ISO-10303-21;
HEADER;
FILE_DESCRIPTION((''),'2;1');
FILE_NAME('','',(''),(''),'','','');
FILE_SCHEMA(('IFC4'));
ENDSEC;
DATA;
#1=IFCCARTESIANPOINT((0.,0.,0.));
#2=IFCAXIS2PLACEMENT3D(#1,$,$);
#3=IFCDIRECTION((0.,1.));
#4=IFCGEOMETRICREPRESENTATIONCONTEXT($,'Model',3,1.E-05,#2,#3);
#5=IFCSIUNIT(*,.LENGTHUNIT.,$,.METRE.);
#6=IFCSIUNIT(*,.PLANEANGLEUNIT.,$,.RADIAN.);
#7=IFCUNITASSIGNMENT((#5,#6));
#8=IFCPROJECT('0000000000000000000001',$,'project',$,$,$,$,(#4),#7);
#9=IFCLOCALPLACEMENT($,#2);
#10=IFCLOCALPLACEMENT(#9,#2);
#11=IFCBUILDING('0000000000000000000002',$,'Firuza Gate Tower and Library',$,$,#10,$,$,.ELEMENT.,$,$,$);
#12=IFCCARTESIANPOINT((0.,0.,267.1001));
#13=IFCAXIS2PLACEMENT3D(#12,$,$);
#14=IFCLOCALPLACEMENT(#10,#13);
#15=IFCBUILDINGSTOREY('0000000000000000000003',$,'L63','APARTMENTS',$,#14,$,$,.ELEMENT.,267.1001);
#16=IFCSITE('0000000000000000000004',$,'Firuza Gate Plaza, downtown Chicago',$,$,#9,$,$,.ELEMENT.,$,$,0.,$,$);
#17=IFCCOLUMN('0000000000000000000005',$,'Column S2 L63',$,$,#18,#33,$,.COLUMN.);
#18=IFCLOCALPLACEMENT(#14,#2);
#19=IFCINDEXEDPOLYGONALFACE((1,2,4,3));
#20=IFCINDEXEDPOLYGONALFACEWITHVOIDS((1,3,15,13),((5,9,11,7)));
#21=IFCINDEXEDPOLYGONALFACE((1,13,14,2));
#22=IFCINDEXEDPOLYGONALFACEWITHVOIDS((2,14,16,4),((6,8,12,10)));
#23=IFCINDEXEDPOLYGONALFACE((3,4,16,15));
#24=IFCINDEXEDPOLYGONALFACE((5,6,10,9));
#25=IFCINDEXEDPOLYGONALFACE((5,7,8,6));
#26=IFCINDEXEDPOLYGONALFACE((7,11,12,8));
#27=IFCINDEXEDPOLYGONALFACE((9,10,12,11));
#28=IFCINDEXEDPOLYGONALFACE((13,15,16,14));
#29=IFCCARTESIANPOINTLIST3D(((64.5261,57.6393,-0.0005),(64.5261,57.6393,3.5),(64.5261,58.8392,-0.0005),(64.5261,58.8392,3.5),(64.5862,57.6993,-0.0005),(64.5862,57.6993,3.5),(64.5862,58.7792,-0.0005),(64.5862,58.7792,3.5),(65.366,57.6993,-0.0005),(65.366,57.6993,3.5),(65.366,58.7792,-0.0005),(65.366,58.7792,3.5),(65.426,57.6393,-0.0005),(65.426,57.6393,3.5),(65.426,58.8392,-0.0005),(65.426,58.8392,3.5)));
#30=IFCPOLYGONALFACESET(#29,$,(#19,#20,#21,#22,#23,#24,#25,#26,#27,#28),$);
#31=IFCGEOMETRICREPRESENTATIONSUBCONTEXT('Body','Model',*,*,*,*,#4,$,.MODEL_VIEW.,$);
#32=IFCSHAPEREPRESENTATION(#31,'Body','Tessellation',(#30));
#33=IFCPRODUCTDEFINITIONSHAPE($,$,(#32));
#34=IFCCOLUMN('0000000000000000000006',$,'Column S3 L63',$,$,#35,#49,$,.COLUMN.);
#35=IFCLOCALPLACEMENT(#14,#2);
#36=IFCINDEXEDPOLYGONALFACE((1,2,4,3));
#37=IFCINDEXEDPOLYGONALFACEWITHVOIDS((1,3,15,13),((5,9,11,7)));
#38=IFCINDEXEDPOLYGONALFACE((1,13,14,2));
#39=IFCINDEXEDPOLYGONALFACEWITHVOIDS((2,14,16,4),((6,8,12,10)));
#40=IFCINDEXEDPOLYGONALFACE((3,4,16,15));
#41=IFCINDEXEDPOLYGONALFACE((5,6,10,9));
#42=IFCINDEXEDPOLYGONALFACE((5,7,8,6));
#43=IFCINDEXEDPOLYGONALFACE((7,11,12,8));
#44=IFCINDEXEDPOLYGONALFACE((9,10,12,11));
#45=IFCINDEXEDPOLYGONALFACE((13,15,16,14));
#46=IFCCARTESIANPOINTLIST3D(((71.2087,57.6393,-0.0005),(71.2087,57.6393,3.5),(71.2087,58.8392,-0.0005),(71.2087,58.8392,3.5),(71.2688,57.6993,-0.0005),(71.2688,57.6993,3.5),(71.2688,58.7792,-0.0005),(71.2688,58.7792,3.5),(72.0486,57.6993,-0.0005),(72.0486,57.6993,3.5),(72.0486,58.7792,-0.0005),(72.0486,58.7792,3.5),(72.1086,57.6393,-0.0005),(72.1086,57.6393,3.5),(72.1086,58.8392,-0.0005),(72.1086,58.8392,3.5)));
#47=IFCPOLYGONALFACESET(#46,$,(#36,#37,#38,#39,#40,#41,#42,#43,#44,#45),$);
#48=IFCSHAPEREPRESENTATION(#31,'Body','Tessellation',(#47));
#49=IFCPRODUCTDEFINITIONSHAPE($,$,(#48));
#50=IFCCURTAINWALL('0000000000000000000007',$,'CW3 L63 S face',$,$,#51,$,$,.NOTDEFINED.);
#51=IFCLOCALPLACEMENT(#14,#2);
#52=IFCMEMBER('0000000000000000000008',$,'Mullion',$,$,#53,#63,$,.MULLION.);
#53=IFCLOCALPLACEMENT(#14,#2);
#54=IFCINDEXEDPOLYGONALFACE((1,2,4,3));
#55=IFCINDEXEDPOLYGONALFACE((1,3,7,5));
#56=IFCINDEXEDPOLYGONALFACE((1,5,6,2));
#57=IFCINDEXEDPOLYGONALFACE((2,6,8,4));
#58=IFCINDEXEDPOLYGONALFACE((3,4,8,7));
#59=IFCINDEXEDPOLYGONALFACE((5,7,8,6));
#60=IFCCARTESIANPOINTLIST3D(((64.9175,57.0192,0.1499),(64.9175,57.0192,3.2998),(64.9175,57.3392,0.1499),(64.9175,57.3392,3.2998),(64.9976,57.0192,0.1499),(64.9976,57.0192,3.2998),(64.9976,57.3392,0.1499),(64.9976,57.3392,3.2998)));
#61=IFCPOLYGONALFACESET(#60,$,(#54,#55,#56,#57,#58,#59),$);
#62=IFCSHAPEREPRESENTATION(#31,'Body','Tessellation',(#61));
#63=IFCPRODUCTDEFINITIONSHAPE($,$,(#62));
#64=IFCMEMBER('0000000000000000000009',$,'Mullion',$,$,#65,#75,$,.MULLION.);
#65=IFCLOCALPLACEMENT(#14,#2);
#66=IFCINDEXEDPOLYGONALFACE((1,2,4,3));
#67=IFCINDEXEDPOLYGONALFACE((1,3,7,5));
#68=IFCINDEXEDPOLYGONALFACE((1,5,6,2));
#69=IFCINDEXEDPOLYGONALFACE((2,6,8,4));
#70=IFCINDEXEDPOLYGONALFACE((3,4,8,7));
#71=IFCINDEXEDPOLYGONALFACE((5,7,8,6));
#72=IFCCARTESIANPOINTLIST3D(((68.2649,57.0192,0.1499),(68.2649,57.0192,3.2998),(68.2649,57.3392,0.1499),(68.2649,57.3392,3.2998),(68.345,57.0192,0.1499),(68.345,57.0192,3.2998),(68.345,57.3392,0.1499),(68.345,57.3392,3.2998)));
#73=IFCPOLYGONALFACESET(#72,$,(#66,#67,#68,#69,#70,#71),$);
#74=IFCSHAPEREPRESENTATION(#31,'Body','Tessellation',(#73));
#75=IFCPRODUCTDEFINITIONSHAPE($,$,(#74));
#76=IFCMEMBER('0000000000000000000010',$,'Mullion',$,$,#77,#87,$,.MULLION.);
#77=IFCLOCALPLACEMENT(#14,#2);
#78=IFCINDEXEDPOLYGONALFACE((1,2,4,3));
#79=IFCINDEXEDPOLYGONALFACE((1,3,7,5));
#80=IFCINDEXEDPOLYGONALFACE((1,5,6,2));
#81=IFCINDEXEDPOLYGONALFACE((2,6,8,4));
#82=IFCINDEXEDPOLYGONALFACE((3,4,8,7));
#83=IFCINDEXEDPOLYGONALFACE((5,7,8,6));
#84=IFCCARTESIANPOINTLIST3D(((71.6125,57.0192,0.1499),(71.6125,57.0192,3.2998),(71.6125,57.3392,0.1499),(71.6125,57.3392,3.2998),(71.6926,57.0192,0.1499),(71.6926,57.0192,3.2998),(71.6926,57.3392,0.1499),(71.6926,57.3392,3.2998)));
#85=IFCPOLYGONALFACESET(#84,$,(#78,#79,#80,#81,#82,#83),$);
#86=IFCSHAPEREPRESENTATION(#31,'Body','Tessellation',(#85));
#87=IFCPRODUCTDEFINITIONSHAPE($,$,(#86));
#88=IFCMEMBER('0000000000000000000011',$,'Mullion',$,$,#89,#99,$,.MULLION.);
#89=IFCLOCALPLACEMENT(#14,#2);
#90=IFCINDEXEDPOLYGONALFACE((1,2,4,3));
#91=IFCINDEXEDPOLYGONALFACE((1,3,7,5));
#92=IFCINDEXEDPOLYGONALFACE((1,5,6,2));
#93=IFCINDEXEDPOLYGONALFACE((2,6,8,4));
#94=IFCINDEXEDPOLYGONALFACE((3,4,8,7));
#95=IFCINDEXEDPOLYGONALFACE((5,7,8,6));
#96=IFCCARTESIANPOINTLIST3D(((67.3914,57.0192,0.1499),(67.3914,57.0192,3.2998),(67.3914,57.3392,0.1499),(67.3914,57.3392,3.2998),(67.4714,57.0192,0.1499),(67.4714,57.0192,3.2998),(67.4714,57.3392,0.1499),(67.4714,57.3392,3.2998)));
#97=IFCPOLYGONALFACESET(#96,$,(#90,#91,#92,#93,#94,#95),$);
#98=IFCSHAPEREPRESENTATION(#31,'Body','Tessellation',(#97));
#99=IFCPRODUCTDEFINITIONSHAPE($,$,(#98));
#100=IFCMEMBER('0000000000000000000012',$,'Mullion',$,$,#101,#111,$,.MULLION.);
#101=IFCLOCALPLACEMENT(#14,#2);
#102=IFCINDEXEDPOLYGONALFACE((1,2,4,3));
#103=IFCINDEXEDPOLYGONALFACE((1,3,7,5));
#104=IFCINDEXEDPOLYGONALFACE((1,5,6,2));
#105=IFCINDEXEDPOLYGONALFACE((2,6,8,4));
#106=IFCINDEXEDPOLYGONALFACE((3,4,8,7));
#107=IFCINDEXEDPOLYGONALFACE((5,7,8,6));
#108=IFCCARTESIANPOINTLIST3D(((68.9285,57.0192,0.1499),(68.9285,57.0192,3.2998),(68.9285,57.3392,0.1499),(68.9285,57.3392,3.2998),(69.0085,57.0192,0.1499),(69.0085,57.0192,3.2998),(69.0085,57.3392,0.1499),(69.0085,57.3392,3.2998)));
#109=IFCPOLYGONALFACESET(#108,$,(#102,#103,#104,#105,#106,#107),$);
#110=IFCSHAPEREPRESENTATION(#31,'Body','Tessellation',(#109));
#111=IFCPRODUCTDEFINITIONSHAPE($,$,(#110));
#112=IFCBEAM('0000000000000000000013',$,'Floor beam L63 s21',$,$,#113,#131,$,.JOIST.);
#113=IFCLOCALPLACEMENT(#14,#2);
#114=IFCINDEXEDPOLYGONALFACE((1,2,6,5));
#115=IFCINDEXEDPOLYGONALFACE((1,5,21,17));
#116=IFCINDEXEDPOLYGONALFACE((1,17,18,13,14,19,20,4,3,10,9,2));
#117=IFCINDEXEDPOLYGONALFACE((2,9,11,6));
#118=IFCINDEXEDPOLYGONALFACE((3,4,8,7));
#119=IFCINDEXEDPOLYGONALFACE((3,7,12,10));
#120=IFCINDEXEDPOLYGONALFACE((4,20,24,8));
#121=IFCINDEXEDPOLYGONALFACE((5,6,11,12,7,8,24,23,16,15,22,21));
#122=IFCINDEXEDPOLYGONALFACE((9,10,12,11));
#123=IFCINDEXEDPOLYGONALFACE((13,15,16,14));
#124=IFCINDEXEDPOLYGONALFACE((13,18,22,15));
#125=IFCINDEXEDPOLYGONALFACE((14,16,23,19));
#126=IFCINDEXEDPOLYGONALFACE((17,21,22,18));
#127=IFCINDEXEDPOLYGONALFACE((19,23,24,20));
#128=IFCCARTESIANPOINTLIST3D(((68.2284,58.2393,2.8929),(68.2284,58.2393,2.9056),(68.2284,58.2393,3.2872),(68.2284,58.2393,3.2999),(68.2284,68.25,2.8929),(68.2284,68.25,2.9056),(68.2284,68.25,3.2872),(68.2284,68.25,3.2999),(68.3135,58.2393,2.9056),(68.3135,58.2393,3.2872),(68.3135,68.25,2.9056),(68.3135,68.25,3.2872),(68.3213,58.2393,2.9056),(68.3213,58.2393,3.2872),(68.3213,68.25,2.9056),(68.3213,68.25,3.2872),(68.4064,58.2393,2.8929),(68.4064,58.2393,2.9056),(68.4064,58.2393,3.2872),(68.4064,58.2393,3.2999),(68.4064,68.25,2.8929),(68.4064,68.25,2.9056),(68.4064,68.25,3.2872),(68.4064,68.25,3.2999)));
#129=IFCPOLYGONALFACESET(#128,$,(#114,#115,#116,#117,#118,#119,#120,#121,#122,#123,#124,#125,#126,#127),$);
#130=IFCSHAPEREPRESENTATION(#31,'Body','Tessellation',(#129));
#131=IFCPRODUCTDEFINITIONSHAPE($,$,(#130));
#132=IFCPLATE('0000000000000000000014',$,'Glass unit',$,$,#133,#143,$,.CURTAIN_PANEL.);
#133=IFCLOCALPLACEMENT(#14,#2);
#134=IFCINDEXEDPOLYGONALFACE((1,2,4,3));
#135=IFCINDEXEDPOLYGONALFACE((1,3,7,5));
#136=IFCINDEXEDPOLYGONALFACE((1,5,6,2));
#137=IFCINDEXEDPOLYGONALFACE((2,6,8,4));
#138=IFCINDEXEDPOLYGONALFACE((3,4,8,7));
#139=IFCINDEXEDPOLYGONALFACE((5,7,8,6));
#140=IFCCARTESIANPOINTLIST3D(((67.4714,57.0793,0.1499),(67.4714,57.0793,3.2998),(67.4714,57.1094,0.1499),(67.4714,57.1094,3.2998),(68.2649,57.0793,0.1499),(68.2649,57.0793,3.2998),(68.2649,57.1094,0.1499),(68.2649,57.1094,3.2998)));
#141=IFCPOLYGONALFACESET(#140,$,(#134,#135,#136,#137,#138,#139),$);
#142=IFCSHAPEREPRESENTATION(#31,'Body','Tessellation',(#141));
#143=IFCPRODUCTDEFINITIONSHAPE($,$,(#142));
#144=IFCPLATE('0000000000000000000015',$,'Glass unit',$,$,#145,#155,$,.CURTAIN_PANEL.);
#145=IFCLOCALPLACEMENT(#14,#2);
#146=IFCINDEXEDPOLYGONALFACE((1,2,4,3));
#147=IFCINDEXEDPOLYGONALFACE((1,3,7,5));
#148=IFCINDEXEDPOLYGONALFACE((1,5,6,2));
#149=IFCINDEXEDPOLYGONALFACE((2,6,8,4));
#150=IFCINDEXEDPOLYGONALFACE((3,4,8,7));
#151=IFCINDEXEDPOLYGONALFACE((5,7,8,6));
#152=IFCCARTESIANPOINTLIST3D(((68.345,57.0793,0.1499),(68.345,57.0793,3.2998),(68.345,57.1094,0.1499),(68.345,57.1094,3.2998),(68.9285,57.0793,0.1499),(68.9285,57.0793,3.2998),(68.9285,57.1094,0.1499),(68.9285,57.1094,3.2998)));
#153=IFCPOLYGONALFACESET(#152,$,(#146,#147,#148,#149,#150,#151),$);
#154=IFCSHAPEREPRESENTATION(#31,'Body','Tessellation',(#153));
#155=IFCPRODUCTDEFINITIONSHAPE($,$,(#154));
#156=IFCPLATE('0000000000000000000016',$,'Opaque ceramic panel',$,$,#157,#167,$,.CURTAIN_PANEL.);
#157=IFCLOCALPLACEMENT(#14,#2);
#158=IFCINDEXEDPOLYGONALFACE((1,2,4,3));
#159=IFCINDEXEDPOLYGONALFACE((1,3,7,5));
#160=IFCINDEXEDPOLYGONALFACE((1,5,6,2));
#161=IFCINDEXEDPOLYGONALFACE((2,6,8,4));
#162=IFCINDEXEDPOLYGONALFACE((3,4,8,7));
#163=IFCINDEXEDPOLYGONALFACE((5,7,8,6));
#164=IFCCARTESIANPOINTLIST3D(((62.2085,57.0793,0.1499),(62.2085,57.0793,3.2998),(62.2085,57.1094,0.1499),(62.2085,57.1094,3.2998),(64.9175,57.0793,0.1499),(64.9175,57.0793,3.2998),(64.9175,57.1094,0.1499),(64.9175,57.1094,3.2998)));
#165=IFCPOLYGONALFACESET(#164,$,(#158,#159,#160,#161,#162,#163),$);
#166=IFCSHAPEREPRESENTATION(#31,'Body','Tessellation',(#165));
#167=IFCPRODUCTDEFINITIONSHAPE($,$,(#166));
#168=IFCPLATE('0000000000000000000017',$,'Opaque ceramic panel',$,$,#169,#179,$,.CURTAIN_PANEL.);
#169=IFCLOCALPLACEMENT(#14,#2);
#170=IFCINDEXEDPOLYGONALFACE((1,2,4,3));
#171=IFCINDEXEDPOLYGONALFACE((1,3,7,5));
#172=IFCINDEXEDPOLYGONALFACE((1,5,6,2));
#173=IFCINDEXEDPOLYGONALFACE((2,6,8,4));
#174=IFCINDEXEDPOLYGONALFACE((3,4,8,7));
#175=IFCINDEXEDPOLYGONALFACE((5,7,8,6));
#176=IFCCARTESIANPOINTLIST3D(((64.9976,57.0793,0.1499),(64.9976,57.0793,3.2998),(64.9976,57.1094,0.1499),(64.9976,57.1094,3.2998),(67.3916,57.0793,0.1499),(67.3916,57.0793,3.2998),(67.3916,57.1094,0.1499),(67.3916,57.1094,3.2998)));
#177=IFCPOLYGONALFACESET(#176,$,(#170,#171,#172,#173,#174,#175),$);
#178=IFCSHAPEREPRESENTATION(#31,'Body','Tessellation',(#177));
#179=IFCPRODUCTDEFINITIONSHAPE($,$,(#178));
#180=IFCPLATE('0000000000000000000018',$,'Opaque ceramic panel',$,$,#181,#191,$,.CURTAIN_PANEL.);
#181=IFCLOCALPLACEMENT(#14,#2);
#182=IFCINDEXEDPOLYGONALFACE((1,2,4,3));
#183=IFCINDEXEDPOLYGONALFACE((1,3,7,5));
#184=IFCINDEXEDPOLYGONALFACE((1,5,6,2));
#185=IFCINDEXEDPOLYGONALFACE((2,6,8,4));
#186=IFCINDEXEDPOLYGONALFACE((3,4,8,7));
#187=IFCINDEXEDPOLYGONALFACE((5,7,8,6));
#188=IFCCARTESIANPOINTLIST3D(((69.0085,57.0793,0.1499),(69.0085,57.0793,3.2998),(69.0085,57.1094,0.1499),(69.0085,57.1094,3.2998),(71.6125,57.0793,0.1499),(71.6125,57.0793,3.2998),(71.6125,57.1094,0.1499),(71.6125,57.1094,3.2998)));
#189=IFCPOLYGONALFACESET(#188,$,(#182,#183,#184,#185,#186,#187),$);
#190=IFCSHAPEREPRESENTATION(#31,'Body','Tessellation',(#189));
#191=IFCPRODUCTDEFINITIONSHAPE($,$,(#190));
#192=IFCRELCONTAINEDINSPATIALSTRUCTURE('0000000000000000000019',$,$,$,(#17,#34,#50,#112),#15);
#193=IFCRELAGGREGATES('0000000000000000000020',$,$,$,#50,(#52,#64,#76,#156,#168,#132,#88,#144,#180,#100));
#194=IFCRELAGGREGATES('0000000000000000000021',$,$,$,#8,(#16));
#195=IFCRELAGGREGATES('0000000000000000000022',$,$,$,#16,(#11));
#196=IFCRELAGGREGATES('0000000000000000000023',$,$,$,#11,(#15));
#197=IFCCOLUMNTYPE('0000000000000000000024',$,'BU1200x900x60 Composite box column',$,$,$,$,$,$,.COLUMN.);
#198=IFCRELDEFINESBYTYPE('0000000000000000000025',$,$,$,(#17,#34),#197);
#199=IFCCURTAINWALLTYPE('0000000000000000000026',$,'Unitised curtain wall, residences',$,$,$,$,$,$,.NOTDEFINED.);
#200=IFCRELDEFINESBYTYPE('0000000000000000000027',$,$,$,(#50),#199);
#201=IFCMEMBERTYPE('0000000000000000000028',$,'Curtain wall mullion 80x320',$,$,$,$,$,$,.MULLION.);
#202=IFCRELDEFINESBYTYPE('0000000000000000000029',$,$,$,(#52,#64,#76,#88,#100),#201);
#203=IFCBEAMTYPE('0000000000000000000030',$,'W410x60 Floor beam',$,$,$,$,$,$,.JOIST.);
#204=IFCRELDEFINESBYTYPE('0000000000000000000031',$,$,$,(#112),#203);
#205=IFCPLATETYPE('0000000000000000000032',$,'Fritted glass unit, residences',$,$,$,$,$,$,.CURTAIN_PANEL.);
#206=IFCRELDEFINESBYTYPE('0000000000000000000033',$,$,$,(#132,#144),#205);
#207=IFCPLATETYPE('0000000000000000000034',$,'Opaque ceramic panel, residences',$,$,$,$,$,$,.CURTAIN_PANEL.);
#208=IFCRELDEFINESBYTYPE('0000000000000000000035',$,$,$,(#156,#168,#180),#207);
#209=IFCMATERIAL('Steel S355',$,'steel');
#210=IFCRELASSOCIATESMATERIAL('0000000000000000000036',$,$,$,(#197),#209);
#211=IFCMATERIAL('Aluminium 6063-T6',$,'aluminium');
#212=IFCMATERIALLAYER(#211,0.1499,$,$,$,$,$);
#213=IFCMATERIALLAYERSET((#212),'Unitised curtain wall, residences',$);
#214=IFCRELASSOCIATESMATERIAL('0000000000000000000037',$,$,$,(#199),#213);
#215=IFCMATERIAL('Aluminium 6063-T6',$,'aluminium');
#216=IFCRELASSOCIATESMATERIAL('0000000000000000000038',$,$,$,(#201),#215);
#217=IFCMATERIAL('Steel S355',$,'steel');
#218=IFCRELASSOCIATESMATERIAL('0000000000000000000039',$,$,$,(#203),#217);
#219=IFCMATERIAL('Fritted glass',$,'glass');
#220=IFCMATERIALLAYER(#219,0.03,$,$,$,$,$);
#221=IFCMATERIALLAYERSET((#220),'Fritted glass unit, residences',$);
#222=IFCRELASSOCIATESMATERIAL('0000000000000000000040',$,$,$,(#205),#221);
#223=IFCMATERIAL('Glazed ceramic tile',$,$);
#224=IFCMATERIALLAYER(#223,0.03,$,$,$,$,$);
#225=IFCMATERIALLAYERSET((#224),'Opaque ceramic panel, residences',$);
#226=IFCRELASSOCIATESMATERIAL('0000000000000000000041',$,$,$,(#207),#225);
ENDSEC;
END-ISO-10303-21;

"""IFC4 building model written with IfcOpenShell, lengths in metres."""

from ifc_helpers import new_model, si_unit, direction, frame, origin, origin_2d, place, context, subcontext, project, spatial, polyline, rectangle, hollow_rectangle, i_section, outline, extrude, material, layer, layer_set, material_profile, profile_set, type_object, element, aggregate, save


model = new_model("IFC4")

# Units and contexts
model_context = context("Model", 3, precision=1e-05, world=origin(), true_north=direction((0.0, 1.0)))
body_context = subcontext(model_context, "Body", "Model", "MODEL_VIEW")
ifc_project = project(units=[si_unit("LENGTHUNIT", "METRE"), si_unit("PLANEANGLEUNIT", "RADIAN")], contexts=[model_context])

# Site, building, storey
site_placement = place(None, origin())
site = spatial("IfcSite", under=ifc_project, at=site_placement, Name="Firuza Gate Plaza, downtown Chicago", CompositionType="ELEMENT", RefElevation=0.0)
building_placement = place(site_placement, origin())
building = spatial("IfcBuilding", under=site, at=building_placement, Name="Firuza Gate Tower and Library", CompositionType="ELEMENT")
storey_placement = place(building_placement, frame((0.0, 0.0, 267.1001)))
storey = spatial("IfcBuildingStorey", under=building, at=storey_placement, Name="L63", Description="APARTMENTS", CompositionType="ELEMENT", Elevation=267.1001)

# Columns
ifc_material_1 = material(Name="Steel S355", Category="steel")
ifc_material_profile_1 = material_profile(ifc_material_1, hollow_rectangle(XDim=0.8999, YDim=1.2, WallThickness=0.0601, at=origin_2d()))
ifc_profile_set_1 = profile_set([ifc_material_profile_1], Name="Steel S355")
column_type = type_object("IfcColumnType", Name="BU1200x900x60 Composite box column", PredefinedType="COLUMN", material=ifc_profile_set_1)
for number, where, z_axis, x_axis, name in (
    (1, (64.9761, 58.2393, -0.0005), (0.0, 0.0, 1.0), (1.0, 0.0, 0.0), "Column S2 L63"),
    (2, (71.6587, 58.2393, -0.0005), (0.0, 0.0, 1.0), (1.0, 0.0, 0.0), "Column S3 L63"),
):
    element("IfcColumn", number, at=place(storey_placement, frame(where, z_axis=z_axis, x_axis=x_axis)), inside=storey, type_object=column_type, Name=name, PredefinedType="COLUMN", context=body_context, shape_type="SweptSolid", body=[
        extrude(hollow_rectangle(XDim=0.8999, YDim=1.2, WallThickness=0.0601, at=origin_2d()), origin(), (0.0, 0.0, 1.0), 3.5005),
    ])

# Curtain wall, members
ifc_material_2 = material(Name="Aluminium 6063-T6", Category="aluminium")
ifc_layer_1 = layer(ifc_material_2, 0.1499)
ifc_layer_set_1 = layer_set([ifc_layer_1], Name="Unitised curtain wall, residences")
curtain_wall_type = type_object("IfcCurtainWallType", Name="Unitised curtain wall, residences", PredefinedType="NOTDEFINED", material=ifc_layer_set_1)
curtain_wall_placement = place(storey_placement, origin())
curtain_wall = element("IfcCurtainWall", 3, at=curtain_wall_placement, inside=storey, type_object=curtain_wall_type, Name="CW3 L63 S face", PredefinedType="NOTDEFINED")
ifc_material_3 = material(Name="Aluminium 6063-T6", Category="aluminium")
ifc_material_profile_2 = material_profile(ifc_material_3, rectangle(XDim=0.3201, YDim=0.0801, at=origin_2d()))
ifc_profile_set_2 = profile_set([ifc_material_profile_2], Name="Aluminium 6063-T6")
member_type = type_object("IfcMemberType", Name="Curtain wall mullion 80x320", PredefinedType="MULLION", material=ifc_profile_set_2)
member_1_placement = place(storey_placement, frame((64.9575, 57.1792, 0.1499), z_axis=(0.0, 0.0, 1.0), x_axis=(0.0, 1.0, 0.0)))
member_1 = element("IfcMember", 4, at=member_1_placement, type_object=member_type, Name="Mullion", PredefinedType="MULLION", context=body_context, shape_type="SweptSolid", body=[
    extrude(rectangle(XDim=0.3201, YDim=0.0801, at=origin_2d()), origin(), (0.0, 0.0, 1.0), 3.1499),
])
member_2_placement = place(storey_placement, frame((68.3049, 57.1792, 0.1499), z_axis=(0.0, 0.0, 1.0), x_axis=(0.0, 1.0, 0.0)))
member_2 = element("IfcMember", 5, at=member_2_placement, type_object=member_type, Name="Mullion", PredefinedType="MULLION", context=body_context, shape_type="SweptSolid", body=[
    extrude(rectangle(XDim=0.3201, YDim=0.0801, at=origin_2d()), origin(), (0.0, 0.0, 1.0), 3.1499),
])
member_3_placement = place(storey_placement, frame((71.6526, 57.1792, 0.1499), z_axis=(0.0, 0.0, 1.0), x_axis=(0.0, 1.0, 0.0)))
member_3 = element("IfcMember", 6, at=member_3_placement, type_object=member_type, Name="Mullion", PredefinedType="MULLION", context=body_context, shape_type="SweptSolid", body=[
    extrude(rectangle(XDim=0.3201, YDim=0.0801, at=origin_2d()), origin(), (0.0, 0.0, 1.0), 3.1499),
])
member_4_placement = place(storey_placement, frame((67.4314, 57.1792, 0.1499), z_axis=(0.0, 0.0, 1.0), x_axis=(0.0, 1.0, 0.0)))
member_4 = element("IfcMember", 7, at=member_4_placement, type_object=member_type, Name="Mullion", PredefinedType="MULLION", context=body_context, shape_type="SweptSolid", body=[
    extrude(rectangle(XDim=0.3201, YDim=0.0801, at=origin_2d()), origin(), (0.0, 0.0, 1.0), 3.1499),
])
member_5_placement = place(storey_placement, frame((68.9685, 57.1792, 0.1499), z_axis=(0.0, 0.0, 1.0), x_axis=(0.0, 1.0, 0.0)))
member_5 = element("IfcMember", 8, at=member_5_placement, type_object=member_type, Name="Mullion", PredefinedType="MULLION", context=body_context, shape_type="SweptSolid", body=[
    extrude(rectangle(XDim=0.3201, YDim=0.0801, at=origin_2d()), origin(), (0.0, 0.0, 1.0), 3.1499),
])

# Beam
ifc_material_4 = material(Name="Steel S355", Category="steel")
ifc_material_profile_3 = material_profile(ifc_material_4, i_section(OverallWidth=0.178, OverallDepth=0.407, WebThickness=0.0078, FlangeThickness=0.0127, at=origin_2d()))
ifc_profile_set_3 = profile_set([ifc_material_profile_3], Name="Steel S355")
beam_type = type_object("IfcBeamType", Name="W410x60 Floor beam", PredefinedType="JOIST", material=ifc_profile_set_3)
beam_placement = place(storey_placement, frame((68.3174, 58.2393, 3.0964), z_axis=(0.0, 1.0, 0.0), x_axis=(-1.0, 0.0, 0.0)))
element("IfcBeam", 9, at=beam_placement, inside=storey, type_object=beam_type, Name="Floor beam L63 s21", PredefinedType="JOIST", context=body_context, shape_type="SweptSolid", body=[
    extrude(i_section(OverallWidth=0.178, OverallDepth=0.407, WebThickness=0.0078, FlangeThickness=0.0127, at=origin_2d()), origin(), (0.0, 0.0, 1.0), 10.0107),
])

# Plates
ifc_material_5 = material(Name="Fritted glass", Category="glass")
ifc_layer_2 = layer(ifc_material_5, 0.03)
ifc_layer_set_2 = layer_set([ifc_layer_2], Name="Fritted glass unit, residences")
plate_type_1 = type_object("IfcPlateType", Name="Fritted glass unit, residences", PredefinedType="CURTAIN_PANEL", material=ifc_layer_set_2)
plate_1_placement = place(storey_placement, frame((67.4714, 57.0793, 0.1499), z_axis=(0.0, -1.0, 0.0), x_axis=(1.0, 0.0, 0.0)))
plate_1 = element("IfcPlate", 10, at=plate_1_placement, type_object=plate_type_1, Name="Glass unit", PredefinedType="CURTAIN_PANEL", context=body_context, shape_type="SweptSolid", body=[
    extrude(outline(polyline([(0.0, 0.0), (0.7935, 0.0), (0.7935, 3.1499), (0.0, 3.1499), (0.0, 0.0)])), origin(), (0.0, 0.0, -1.0), 0.03),
])
plate_2_placement = place(storey_placement, frame((68.345, 57.0793, 0.1499), z_axis=(0.0, -1.0, 0.0), x_axis=(1.0, 0.0, 0.0)))
plate_2 = element("IfcPlate", 11, at=plate_2_placement, type_object=plate_type_1, Name="Glass unit", PredefinedType="CURTAIN_PANEL", context=body_context, shape_type="SweptSolid", body=[
    extrude(outline(polyline([(0.0, 0.0), (0.5835, 0.0), (0.5835, 3.1499), (0.0, 3.1499), (0.0, 0.0)])), origin(), (0.0, 0.0, -1.0), 0.03),
])
ifc_material_6 = material(Name="Glazed ceramic tile")
ifc_layer_3 = layer(ifc_material_6, 0.03)
ifc_layer_set_3 = layer_set([ifc_layer_3], Name="Opaque ceramic panel, residences")
plate_type_2 = type_object("IfcPlateType", Name="Opaque ceramic panel, residences", PredefinedType="CURTAIN_PANEL", material=ifc_layer_set_3)
plate_3_placement = place(storey_placement, frame((62.2085, 57.0793, 0.1499), z_axis=(0.0, -1.0, 0.0), x_axis=(1.0, 0.0, 0.0)))
plate_3 = element("IfcPlate", 12, at=plate_3_placement, type_object=plate_type_2, Name="Opaque ceramic panel", PredefinedType="CURTAIN_PANEL", context=body_context, shape_type="SweptSolid", body=[
    extrude(outline(polyline([(0.0, 0.0), (2.709, 0.0), (2.709, 3.1499), (0.0, 3.1499), (0.0, 0.0)])), origin(), (0.0, 0.0, -1.0), 0.03),
])
plate_4_placement = place(storey_placement, frame((64.9976, 57.0793, 0.1499), z_axis=(0.0, -1.0, 0.0), x_axis=(1.0, 0.0, 0.0)))
plate_4 = element("IfcPlate", 13, at=plate_4_placement, type_object=plate_type_2, Name="Opaque ceramic panel", PredefinedType="CURTAIN_PANEL", context=body_context, shape_type="SweptSolid", body=[
    extrude(outline(polyline([(0.0, 0.0), (2.394, 0.0), (2.394, 3.1499), (0.0, 3.1499), (0.0, 0.0)])), origin(), (0.0, 0.0, -1.0), 0.03),
])
plate_5_placement = place(storey_placement, frame((69.0085, 57.0793, 0.1499), z_axis=(0.0, -1.0, 0.0), x_axis=(1.0, 0.0, 0.0)))
plate_5 = element("IfcPlate", 14, at=plate_5_placement, type_object=plate_type_2, Name="Opaque ceramic panel", PredefinedType="CURTAIN_PANEL", context=body_context, shape_type="SweptSolid", body=[
    extrude(outline(polyline([(0.0, 0.0), (2.604, 0.0), (2.604, 3.1499), (0.0, 3.1499), (0.0, 0.0)])), origin(), (0.0, 0.0, -1.0), 0.03),
])
aggregate(curtain_wall, [member_1, member_2, member_3, plate_3, plate_4, plate_1, member_4, plate_2, plate_5, member_5])

save(model, "model.ifc")
